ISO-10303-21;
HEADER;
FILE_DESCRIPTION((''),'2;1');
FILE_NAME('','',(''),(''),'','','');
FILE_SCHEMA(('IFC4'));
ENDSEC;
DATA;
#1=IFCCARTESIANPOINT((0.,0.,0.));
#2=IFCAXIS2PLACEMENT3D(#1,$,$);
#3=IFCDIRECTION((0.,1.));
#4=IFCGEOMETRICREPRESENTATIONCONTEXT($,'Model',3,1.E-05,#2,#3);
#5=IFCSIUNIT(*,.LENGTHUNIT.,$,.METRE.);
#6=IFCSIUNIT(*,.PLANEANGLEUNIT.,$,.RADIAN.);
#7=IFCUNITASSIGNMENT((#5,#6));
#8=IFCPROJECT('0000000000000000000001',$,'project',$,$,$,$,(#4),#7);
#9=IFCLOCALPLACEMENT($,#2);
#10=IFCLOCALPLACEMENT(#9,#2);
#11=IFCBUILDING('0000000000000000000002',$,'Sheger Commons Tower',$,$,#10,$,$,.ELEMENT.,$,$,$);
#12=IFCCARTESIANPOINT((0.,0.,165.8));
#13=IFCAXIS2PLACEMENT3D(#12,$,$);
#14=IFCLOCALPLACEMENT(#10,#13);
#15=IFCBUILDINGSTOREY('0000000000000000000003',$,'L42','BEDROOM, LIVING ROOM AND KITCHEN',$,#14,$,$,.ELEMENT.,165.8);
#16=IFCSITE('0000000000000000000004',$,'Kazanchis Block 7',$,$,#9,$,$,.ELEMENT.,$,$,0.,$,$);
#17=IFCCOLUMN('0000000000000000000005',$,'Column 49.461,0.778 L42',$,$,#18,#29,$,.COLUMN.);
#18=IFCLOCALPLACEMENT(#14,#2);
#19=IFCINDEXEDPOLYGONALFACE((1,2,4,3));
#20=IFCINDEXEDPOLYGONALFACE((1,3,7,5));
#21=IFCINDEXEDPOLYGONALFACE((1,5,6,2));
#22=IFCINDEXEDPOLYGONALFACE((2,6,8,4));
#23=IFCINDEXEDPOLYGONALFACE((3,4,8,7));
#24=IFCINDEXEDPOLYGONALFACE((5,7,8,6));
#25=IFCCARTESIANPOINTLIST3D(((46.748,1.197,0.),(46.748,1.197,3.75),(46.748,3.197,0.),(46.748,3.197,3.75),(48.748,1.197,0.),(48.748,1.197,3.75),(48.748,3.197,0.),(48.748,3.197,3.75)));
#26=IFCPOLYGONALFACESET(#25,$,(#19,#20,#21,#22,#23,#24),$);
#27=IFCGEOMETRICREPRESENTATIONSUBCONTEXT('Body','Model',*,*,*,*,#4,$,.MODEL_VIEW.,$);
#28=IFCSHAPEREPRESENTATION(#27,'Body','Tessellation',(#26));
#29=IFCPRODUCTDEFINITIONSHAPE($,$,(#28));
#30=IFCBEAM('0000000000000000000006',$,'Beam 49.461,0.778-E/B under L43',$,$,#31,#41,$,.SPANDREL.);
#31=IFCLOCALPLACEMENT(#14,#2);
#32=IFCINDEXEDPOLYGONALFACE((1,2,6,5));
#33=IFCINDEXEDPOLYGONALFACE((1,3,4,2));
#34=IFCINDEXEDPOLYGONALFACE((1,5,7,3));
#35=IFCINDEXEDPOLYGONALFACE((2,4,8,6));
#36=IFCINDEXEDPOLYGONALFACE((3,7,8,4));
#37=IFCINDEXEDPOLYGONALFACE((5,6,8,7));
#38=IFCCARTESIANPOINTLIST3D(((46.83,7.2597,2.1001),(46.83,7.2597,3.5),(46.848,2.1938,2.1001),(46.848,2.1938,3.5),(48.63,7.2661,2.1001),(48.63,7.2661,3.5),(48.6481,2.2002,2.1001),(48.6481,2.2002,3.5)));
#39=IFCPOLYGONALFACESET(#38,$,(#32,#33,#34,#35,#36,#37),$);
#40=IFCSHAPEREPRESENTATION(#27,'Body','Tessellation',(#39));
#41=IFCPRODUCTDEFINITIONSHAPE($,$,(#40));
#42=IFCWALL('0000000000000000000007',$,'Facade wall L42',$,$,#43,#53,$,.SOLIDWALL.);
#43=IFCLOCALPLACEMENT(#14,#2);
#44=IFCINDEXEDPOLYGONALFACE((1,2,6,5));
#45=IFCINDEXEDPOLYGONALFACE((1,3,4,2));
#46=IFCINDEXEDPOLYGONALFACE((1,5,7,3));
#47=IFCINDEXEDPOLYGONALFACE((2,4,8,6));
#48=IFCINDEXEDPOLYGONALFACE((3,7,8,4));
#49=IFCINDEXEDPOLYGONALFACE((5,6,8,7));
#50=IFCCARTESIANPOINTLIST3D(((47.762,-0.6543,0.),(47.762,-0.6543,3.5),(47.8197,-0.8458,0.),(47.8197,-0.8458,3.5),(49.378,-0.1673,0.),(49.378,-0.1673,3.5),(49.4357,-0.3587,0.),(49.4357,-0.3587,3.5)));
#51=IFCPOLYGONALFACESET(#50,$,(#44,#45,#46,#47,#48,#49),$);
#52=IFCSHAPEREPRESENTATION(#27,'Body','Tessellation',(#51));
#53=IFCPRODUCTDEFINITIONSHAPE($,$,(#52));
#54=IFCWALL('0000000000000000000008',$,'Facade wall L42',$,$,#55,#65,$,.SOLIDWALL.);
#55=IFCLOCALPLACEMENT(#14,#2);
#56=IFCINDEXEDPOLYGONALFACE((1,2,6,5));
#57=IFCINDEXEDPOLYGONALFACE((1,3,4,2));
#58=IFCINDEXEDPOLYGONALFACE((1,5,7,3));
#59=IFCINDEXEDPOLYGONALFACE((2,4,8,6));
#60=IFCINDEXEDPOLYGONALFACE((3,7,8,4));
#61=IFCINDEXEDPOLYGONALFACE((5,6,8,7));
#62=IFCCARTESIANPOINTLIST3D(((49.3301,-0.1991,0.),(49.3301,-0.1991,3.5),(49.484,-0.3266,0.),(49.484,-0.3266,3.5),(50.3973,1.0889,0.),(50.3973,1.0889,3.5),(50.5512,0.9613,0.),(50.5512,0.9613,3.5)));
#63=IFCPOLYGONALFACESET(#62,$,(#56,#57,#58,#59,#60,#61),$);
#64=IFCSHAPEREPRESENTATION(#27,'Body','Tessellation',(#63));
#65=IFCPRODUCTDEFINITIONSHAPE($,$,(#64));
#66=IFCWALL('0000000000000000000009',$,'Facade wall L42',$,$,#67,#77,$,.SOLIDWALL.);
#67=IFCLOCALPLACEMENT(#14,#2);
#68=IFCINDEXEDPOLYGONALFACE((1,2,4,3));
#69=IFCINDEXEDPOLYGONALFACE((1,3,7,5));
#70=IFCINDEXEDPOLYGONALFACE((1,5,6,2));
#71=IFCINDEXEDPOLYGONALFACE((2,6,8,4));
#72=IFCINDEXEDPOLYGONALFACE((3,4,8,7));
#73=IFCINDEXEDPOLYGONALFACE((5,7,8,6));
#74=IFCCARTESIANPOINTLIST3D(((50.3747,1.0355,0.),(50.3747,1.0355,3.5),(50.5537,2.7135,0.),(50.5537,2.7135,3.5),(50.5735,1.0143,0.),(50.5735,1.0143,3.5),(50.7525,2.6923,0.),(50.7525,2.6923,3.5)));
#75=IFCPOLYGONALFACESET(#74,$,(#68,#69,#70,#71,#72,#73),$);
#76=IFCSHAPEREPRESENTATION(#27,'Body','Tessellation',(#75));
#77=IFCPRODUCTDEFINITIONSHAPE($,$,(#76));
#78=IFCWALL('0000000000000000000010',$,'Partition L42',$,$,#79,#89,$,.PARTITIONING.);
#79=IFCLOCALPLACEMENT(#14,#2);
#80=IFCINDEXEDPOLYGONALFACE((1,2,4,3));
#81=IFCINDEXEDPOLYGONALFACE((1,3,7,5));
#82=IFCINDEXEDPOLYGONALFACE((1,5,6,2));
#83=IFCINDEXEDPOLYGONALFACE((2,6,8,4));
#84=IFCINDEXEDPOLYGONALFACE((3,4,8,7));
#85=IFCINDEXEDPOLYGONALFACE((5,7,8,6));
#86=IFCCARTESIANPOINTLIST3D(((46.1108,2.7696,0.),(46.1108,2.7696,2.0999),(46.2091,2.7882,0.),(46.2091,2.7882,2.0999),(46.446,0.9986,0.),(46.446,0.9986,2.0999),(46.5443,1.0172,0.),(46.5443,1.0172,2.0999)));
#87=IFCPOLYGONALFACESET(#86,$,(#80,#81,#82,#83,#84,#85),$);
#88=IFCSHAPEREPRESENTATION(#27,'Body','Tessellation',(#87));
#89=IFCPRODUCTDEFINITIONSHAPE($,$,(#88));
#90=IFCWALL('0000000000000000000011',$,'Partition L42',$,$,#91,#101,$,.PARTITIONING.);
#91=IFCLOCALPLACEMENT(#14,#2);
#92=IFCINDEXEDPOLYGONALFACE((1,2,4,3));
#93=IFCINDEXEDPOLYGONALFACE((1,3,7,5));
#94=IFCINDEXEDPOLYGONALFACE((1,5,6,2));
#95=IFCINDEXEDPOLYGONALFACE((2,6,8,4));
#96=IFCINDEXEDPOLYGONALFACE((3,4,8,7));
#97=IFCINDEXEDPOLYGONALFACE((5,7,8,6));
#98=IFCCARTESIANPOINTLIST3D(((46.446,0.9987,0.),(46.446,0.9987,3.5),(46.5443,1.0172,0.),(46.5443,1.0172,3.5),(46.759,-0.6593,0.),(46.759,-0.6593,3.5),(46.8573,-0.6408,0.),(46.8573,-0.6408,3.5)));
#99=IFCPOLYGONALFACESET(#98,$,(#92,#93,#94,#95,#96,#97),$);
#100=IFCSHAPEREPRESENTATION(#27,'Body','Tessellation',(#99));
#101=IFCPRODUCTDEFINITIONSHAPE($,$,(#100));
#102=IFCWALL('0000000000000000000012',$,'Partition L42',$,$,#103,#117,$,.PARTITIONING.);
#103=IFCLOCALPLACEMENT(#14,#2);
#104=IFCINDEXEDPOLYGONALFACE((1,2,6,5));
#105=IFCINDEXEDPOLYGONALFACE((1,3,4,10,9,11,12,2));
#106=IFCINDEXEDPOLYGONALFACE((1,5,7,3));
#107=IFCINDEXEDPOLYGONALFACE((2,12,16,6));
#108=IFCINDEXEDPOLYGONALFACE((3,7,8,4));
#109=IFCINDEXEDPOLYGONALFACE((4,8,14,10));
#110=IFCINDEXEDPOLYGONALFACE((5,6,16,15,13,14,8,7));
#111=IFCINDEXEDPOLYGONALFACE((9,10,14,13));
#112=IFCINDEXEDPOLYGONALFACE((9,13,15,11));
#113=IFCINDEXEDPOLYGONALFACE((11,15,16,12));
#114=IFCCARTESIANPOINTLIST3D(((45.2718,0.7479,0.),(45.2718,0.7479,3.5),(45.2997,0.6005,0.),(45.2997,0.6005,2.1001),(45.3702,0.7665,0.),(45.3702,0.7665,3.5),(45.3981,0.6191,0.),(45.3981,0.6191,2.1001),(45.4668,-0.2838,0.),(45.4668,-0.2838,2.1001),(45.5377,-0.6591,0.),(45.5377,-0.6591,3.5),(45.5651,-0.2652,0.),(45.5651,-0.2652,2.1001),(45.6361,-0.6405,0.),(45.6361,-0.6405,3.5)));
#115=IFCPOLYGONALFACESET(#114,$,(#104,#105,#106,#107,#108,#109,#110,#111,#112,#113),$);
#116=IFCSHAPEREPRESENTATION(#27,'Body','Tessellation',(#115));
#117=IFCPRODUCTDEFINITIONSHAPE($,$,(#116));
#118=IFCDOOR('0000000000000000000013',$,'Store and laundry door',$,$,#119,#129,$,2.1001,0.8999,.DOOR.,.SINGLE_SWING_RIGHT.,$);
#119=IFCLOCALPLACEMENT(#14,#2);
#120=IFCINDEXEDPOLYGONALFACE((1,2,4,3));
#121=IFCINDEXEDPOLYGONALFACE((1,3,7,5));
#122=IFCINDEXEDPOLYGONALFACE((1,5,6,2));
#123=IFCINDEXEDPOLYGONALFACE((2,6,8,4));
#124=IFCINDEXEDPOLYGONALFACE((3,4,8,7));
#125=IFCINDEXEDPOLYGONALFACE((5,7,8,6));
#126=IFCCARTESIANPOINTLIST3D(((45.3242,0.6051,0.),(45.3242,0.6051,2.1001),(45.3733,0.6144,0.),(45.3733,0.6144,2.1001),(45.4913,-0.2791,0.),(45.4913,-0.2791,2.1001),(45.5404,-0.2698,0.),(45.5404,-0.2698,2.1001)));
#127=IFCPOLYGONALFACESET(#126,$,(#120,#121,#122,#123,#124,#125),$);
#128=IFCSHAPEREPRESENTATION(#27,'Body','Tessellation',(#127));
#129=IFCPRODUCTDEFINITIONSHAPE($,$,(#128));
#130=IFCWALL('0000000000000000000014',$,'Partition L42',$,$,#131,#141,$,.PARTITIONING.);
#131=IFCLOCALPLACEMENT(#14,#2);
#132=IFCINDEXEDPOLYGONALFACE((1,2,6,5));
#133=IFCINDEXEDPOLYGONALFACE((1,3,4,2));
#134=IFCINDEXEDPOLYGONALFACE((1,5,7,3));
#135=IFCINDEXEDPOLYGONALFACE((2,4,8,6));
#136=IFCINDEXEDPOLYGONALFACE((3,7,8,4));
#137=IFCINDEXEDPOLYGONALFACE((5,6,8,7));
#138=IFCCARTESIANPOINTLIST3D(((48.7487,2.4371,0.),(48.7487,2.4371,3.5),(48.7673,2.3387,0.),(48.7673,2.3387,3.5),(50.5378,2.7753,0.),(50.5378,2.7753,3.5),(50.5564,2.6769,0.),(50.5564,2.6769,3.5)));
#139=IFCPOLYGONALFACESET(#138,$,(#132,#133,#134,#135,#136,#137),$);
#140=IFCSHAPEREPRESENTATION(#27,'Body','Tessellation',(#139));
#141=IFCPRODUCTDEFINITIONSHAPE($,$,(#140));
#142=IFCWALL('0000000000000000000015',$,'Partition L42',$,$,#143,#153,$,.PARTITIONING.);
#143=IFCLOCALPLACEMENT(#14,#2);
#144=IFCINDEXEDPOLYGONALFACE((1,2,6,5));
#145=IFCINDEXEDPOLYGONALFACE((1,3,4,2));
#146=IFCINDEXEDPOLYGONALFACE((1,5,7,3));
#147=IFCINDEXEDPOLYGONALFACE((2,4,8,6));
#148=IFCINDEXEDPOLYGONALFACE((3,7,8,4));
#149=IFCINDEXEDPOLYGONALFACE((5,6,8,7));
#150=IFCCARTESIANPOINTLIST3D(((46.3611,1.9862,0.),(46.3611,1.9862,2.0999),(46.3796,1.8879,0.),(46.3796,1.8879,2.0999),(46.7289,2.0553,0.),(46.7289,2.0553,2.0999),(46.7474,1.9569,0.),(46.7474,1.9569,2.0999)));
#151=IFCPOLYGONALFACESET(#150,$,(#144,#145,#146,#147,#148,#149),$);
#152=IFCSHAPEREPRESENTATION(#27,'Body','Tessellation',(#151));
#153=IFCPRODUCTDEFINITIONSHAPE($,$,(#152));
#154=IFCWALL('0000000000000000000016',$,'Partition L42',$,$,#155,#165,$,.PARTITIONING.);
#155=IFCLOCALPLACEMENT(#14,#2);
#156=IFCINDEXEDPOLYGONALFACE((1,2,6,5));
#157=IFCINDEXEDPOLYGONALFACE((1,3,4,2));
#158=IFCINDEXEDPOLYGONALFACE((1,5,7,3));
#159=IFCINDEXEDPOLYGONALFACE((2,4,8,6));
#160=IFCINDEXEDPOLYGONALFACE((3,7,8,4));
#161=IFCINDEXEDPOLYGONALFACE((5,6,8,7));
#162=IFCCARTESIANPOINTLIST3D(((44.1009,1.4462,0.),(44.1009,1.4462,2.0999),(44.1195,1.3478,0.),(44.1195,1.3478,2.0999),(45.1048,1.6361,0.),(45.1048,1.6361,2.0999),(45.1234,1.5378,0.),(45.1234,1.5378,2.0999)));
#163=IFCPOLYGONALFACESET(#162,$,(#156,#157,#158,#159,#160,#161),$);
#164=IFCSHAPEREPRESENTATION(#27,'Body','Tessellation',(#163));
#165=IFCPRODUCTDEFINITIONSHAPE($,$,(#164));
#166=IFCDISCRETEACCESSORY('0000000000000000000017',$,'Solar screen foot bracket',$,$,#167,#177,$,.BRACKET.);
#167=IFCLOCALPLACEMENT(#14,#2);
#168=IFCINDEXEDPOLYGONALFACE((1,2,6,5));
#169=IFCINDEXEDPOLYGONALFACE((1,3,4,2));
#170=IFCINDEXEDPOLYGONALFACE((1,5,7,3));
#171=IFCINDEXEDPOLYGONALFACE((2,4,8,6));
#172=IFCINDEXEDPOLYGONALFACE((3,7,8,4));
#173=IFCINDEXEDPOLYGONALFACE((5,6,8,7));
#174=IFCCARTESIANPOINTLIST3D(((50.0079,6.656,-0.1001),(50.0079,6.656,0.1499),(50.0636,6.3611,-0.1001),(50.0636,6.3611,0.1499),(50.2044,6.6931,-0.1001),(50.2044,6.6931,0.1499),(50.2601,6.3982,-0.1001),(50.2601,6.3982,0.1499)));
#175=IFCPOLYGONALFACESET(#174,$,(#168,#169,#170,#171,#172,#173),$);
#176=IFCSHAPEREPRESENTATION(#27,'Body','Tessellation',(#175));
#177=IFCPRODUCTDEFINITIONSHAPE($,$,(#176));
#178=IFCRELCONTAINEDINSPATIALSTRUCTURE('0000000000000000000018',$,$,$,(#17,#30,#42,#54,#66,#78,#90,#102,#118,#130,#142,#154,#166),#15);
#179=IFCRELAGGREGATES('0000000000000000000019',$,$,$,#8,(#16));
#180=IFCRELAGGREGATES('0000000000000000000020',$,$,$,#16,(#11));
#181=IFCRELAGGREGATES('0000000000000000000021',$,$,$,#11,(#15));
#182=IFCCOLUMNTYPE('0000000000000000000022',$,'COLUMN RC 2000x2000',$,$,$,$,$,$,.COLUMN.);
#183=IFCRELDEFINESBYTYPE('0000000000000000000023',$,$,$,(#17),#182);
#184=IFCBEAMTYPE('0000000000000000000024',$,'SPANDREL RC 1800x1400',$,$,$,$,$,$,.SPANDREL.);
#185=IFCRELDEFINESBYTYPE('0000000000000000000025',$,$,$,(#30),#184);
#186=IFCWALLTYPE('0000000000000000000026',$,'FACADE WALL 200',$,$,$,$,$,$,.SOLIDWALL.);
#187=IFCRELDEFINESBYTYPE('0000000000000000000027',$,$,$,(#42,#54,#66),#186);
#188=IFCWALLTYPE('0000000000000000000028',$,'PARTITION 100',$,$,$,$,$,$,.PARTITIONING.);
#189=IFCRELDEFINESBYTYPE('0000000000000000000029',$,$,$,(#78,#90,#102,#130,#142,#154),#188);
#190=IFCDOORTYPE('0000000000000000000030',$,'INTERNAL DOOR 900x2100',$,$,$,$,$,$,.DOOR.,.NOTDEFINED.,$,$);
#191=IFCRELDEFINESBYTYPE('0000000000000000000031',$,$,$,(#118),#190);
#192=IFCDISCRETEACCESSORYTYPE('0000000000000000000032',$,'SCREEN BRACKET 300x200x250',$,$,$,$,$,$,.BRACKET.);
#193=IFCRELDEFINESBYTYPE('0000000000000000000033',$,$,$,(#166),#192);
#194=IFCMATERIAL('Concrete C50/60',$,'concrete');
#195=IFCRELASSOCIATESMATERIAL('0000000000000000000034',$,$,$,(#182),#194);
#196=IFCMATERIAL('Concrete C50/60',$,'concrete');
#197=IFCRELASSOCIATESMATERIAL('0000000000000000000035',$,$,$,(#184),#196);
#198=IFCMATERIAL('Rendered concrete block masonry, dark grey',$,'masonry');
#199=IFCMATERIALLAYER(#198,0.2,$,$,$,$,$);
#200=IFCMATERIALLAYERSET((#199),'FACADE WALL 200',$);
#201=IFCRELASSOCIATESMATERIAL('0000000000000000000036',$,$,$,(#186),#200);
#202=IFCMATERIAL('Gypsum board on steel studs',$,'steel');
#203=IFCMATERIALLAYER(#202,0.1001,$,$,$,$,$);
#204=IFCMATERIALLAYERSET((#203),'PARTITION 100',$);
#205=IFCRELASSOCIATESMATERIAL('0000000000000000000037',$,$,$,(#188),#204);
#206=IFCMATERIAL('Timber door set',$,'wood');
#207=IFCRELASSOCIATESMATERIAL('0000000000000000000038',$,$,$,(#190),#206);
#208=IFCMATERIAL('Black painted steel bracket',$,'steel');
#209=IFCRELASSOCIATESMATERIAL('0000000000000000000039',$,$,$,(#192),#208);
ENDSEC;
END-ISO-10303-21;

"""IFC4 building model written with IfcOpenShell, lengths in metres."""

from ifc_helpers import new_model, si_unit, direction, frame, frame_2d, origin, origin_2d, place, context, subcontext, project, spatial, rectangle, extrude, material, layer, layer_set, material_profile, profile_set, type_object, element, fill, save


model = new_model("IFC4")

# Units and contexts
model_context = context("Model", 3, precision=1e-05, world=origin(), true_north=direction((0.0, 1.0)))
body_context = subcontext(model_context, "Body", "Model", "MODEL_VIEW")
ifc_project = project(units=[si_unit("LENGTHUNIT", "METRE"), si_unit("PLANEANGLEUNIT", "RADIAN")], contexts=[model_context])

# Site, building, storey
site_placement = place(None, origin())
site = spatial("IfcSite", under=ifc_project, at=site_placement, Name="Kazanchis Block 7", CompositionType="ELEMENT", RefElevation=0.0)
building_placement = place(site_placement, origin())
building = spatial("IfcBuilding", under=site, at=building_placement, Name="Sheger Commons Tower", CompositionType="ELEMENT")
storey_placement = place(building_placement, frame((0.0, 0.0, 165.8)))
storey = spatial("IfcBuildingStorey", under=building, at=storey_placement, Name="L42", Description="BEDROOM, LIVING ROOM AND KITCHEN", CompositionType="ELEMENT", Elevation=165.8)

# Column
ifc_material_1 = material(Name="Concrete C50/60", Category="concrete")
ifc_material_profile_1 = material_profile(ifc_material_1, rectangle(XDim=2.0, YDim=2.0, at=origin_2d()), Name="RC 2000x2000")
ifc_profile_set_1 = profile_set([ifc_material_profile_1], Name="Concrete C50/60")
column_type = type_object("IfcColumnType", Name="COLUMN RC 2000x2000", PredefinedType="COLUMN", material=ifc_profile_set_1)
column_placement = place(storey_placement, frame((47.748, 2.197, 0.0), z_axis=(0.0, 0.0, 1.0), x_axis=(1.0, 0.0, 0.0)))
element("IfcColumn", 1, at=column_placement, inside=storey, type_object=column_type, Name="Column 49.461,0.778 L42", PredefinedType="COLUMN", context=body_context, shape_type="SweptSolid", body=[
    extrude(rectangle(XDim=2.0, YDim=2.0, at=origin_2d()), origin(), (0.0, 0.0, 1.0), 3.75),
])

# Beam
ifc_material_2 = material(Name="Concrete C50/60", Category="concrete")
ifc_material_profile_2 = material_profile(ifc_material_2, rectangle(XDim=1.8, YDim=1.3999, at=origin_2d()), Name="RC 1800x1400")
ifc_profile_set_2 = profile_set([ifc_material_profile_2], Name="Concrete C50/60")
beam_type = type_object("IfcBeamType", Name="SPANDREL RC 1800x1400", PredefinedType="SPANDREL", material=ifc_profile_set_2)
beam_placement = place(storey_placement, frame((47.748, 2.197, 2.8), z_axis=(-0.003566, 0.999994, 0.0), x_axis=(-0.999994, -0.003566, 0.0)))
element("IfcBeam", 2, at=beam_placement, inside=storey, type_object=beam_type, Name="Beam 49.461,0.778-E/B under L43", PredefinedType="SPANDREL", context=body_context, shape_type="SweptSolid", body=[
    extrude(rectangle(XDim=1.8, YDim=1.3999, at=origin_2d()), origin(), (0.0, 0.0, 1.0), 5.0659),
])

# Walls
ifc_material_3 = material(Name="Rendered concrete block masonry, dark grey", Category="masonry")
ifc_layer_1 = layer(ifc_material_3, 0.2)
ifc_layer_set_1 = layer_set([ifc_layer_1], Name="FACADE WALL 200")
wall_type_1 = type_object("IfcWallType", Name="FACADE WALL 200", PredefinedType="SOLIDWALL", material=ifc_layer_set_1)
wall_1_placement = place(storey_placement, frame((47.791, -0.75, 0.0), z_axis=(0.0, 0.0, 1.0), x_axis=(0.957455, 0.288582, 0.0)))
element("IfcWall", 3, at=wall_1_placement, inside=storey, type_object=wall_type_1, Name="Facade wall L42", PredefinedType="SOLIDWALL", context=body_context, shape_type="SweptSolid", body=[
    extrude(rectangle(XDim=1.6877, YDim=0.2, at=frame_2d((0.8438, 0.0))), origin(), (0.0, 0.0, 1.0), 3.5),
])
wall_2_placement = place(storey_placement, frame((49.407, -0.2629, 0.0), z_axis=(0.0, 0.0, 1.0), x_axis=(0.638043, 0.770001, 0.0)))
element("IfcWall", 4, at=wall_2_placement, inside=storey, type_object=wall_type_1, Name="Facade wall L42", PredefinedType="SOLIDWALL", context=body_context, shape_type="SweptSolid", body=[
    extrude(rectangle(XDim=1.6726, YDim=0.2, at=frame_2d((0.8364, 0.0))), origin(), (0.0, 0.0, 1.0), 3.5),
])
wall_3_placement = place(storey_placement, frame((50.4741, 1.0249, 0.0), z_axis=(0.0, 0.0, 1.0), x_axis=(0.106048, 0.994361, 0.0)))
element("IfcWall", 5, at=wall_3_placement, inside=storey, type_object=wall_type_1, Name="Facade wall L42", PredefinedType="SOLIDWALL", context=body_context, shape_type="SweptSolid", body=[
    extrude(rectangle(XDim=1.6875, YDim=0.2, at=frame_2d((0.8438, 0.0))), origin(), (0.0, 0.0, 1.0), 3.5),
])

# Walls
ifc_material_4 = material(Name="Gypsum board on steel studs", Category="steel")
ifc_layer_2 = layer(ifc_material_4, 0.1001)
ifc_layer_set_2 = layer_set([ifc_layer_2], Name="PARTITION 100")
wall_type_2 = type_object("IfcWallType", Name="PARTITION 100", PredefinedType="PARTITIONING", material=ifc_layer_set_2)
wall_4_placement = place(storey_placement, frame((46.1599, 2.7791, 0.0), z_axis=(0.0, 0.0, 1.0), x_axis=(0.185973, -0.982555, 0.0)))
element("IfcWall", 6, at=wall_4_placement, inside=storey, type_object=wall_type_2, Name="Partition L42", PredefinedType="PARTITIONING", context=body_context, shape_type="SweptSolid", body=[
    extrude(rectangle(XDim=1.8025, YDim=0.1001, at=frame_2d((0.9014, 0.0))), origin(), (0.0, 0.0, 1.0), 2.0999),
])
wall_5_placement = place(storey_placement, frame((46.4951, 1.0081, 0.0), z_axis=(0.0, 0.0, 1.0), x_axis=(0.185503, -0.982644, 0.0)))
element("IfcWall", 7, at=wall_5_placement, inside=storey, type_object=wall_type_2, Name="Partition L42", PredefinedType="PARTITIONING", context=body_context, shape_type="SweptSolid", body=[
    extrude(rectangle(XDim=1.6873, YDim=0.1001, at=frame_2d((0.8438, 0.0))), origin(), (0.0, 0.0, 1.0), 3.5),
])

# Wall, opening, door
wall_6_placement = place(storey_placement, frame((45.321, 0.7571, 0.0), z_axis=(0.0, 0.0, 1.0), x_axis=(0.185678, -0.982611, 0.0)))
wall_6 = element("IfcWall", 8, at=wall_6_placement, inside=storey, type_object=wall_type_2, Name="Partition L42", PredefinedType="PARTITIONING", context=body_context, shape_type="SweptSolid", body=[
    extrude(rectangle(XDim=1.4319, YDim=0.1001, at=frame_2d((0.7158, 0.0))), origin(), (0.0, 0.0, 1.0), 3.5),
])
opening_1_placement = place(wall_6_placement, frame((0.1499, 0.0, 0.0)))
opening_1 = element("IfcOpeningElement", 9, at=opening_1_placement, cuts=wall_6, PredefinedType="OPENING", context=body_context, shape_type="SweptSolid", body=[
    extrude(rectangle(XDim=0.8999, YDim=2.1001, at=frame_2d((0.45, 1.05))), frame((0.0, 0.0601, 0.0), z_axis=(0.0, -1.0, 0.0), x_axis=(1.0, 0.0, 0.0)), (0.0, 0.0, 1.0), 0.1201),
])
ifc_material_5 = material(Name="Timber door set", Category="wood")
door_type = type_object("IfcDoorType", Name="INTERNAL DOOR 900x2100", OperationType="NOTDEFINED", PredefinedType="DOOR", material=ifc_material_5)
door_placement = place(opening_1_placement, origin())
door = element("IfcDoor", 10, at=door_placement, inside=storey, type_object=door_type, Name="Store and laundry door", OperationType="SINGLE_SWING_RIGHT", OverallHeight=2.1001, OverallWidth=0.8999, PredefinedType="DOOR", context=body_context, shape_type="SweptSolid", body=[
    extrude(rectangle(XDim=0.8999, YDim=2.1001, at=frame_2d((0.45, 1.05))), frame((0.0, 0.0249, 0.0), z_axis=(0.0, -1.0, 0.0), x_axis=(1.0, 0.0, 0.0)), (0.0, 0.0, 1.0), 0.05),
])
fill(opening_1, door)

# Walls
wall_7_placement = place(storey_placement, frame((50.5471, 2.7261, 0.0), z_axis=(0.0, 0.0, 1.0), x_axis=(-0.982604, -0.185713, 0.0)))
element("IfcWall", 11, at=wall_7_placement, inside=storey, type_object=wall_type_2, Name="Partition L42", PredefinedType="PARTITIONING", context=body_context, shape_type="SweptSolid", body=[
    extrude(rectangle(XDim=1.8208, YDim=0.1001, at=frame_2d((0.9104, 0.0))), origin(), (0.0, 0.0, 1.0), 3.5),
])
wall_8_placement = place(storey_placement, frame((46.738, 2.0061, 0.0), z_axis=(0.0, 0.0, 1.0), x_axis=(-0.98282, -0.184564, 0.0)))
element("IfcWall", 12, at=wall_8_placement, inside=storey, type_object=wall_type_2, Name="Partition L42", PredefinedType="PARTITIONING", context=body_context, shape_type="SweptSolid", body=[
    extrude(rectangle(XDim=0.3743, YDim=0.1001, at=frame_2d((0.187, 0.0))), origin(), (0.0, 0.0, 1.0), 2.0999),
])
wall_9_placement = place(storey_placement, frame((45.114, 1.5869, 0.0), z_axis=(0.0, 0.0, 1.0), x_axis=(-0.982568, -0.185904, 0.0)))
element("IfcWall", 13, at=wall_9_placement, inside=storey, type_object=wall_type_2, Name="Partition L42", PredefinedType="PARTITIONING", context=body_context, shape_type="SweptSolid", body=[
    extrude(rectangle(XDim=1.0217, YDim=0.1001, at=frame_2d((0.5107, 0.0))), origin(), (0.0, 0.0, 1.0), 2.0999),
])

# Discrete accessory
ifc_material_6 = material(Name="Black painted steel bracket", Category="steel")
discrete_accessory_type = type_object("IfcDiscreteAccessoryType", Name="SCREEN BRACKET 300x200x250", PredefinedType="BRACKET", material=ifc_material_6)
for number, where, z_axis, x_axis, name in (
    (14, (50.134, 6.5271, -0.1001), (0.0, 0.0, 1.0), (-0.185615, 0.982623, 0.0), "Solar screen foot bracket"),
):
    element("IfcDiscreteAccessory", number, at=place(storey_placement, frame(where, z_axis=z_axis, x_axis=x_axis)), inside=storey, type_object=discrete_accessory_type, Name=name, PredefinedType="BRACKET", context=body_context, shape_type="SweptSolid", body=[
        extrude(rectangle(XDim=0.3, YDim=0.2, at=origin_2d()), origin(), (0.0, 0.0, 1.0), 0.25),
    ])

save(model, "model.ifc")
